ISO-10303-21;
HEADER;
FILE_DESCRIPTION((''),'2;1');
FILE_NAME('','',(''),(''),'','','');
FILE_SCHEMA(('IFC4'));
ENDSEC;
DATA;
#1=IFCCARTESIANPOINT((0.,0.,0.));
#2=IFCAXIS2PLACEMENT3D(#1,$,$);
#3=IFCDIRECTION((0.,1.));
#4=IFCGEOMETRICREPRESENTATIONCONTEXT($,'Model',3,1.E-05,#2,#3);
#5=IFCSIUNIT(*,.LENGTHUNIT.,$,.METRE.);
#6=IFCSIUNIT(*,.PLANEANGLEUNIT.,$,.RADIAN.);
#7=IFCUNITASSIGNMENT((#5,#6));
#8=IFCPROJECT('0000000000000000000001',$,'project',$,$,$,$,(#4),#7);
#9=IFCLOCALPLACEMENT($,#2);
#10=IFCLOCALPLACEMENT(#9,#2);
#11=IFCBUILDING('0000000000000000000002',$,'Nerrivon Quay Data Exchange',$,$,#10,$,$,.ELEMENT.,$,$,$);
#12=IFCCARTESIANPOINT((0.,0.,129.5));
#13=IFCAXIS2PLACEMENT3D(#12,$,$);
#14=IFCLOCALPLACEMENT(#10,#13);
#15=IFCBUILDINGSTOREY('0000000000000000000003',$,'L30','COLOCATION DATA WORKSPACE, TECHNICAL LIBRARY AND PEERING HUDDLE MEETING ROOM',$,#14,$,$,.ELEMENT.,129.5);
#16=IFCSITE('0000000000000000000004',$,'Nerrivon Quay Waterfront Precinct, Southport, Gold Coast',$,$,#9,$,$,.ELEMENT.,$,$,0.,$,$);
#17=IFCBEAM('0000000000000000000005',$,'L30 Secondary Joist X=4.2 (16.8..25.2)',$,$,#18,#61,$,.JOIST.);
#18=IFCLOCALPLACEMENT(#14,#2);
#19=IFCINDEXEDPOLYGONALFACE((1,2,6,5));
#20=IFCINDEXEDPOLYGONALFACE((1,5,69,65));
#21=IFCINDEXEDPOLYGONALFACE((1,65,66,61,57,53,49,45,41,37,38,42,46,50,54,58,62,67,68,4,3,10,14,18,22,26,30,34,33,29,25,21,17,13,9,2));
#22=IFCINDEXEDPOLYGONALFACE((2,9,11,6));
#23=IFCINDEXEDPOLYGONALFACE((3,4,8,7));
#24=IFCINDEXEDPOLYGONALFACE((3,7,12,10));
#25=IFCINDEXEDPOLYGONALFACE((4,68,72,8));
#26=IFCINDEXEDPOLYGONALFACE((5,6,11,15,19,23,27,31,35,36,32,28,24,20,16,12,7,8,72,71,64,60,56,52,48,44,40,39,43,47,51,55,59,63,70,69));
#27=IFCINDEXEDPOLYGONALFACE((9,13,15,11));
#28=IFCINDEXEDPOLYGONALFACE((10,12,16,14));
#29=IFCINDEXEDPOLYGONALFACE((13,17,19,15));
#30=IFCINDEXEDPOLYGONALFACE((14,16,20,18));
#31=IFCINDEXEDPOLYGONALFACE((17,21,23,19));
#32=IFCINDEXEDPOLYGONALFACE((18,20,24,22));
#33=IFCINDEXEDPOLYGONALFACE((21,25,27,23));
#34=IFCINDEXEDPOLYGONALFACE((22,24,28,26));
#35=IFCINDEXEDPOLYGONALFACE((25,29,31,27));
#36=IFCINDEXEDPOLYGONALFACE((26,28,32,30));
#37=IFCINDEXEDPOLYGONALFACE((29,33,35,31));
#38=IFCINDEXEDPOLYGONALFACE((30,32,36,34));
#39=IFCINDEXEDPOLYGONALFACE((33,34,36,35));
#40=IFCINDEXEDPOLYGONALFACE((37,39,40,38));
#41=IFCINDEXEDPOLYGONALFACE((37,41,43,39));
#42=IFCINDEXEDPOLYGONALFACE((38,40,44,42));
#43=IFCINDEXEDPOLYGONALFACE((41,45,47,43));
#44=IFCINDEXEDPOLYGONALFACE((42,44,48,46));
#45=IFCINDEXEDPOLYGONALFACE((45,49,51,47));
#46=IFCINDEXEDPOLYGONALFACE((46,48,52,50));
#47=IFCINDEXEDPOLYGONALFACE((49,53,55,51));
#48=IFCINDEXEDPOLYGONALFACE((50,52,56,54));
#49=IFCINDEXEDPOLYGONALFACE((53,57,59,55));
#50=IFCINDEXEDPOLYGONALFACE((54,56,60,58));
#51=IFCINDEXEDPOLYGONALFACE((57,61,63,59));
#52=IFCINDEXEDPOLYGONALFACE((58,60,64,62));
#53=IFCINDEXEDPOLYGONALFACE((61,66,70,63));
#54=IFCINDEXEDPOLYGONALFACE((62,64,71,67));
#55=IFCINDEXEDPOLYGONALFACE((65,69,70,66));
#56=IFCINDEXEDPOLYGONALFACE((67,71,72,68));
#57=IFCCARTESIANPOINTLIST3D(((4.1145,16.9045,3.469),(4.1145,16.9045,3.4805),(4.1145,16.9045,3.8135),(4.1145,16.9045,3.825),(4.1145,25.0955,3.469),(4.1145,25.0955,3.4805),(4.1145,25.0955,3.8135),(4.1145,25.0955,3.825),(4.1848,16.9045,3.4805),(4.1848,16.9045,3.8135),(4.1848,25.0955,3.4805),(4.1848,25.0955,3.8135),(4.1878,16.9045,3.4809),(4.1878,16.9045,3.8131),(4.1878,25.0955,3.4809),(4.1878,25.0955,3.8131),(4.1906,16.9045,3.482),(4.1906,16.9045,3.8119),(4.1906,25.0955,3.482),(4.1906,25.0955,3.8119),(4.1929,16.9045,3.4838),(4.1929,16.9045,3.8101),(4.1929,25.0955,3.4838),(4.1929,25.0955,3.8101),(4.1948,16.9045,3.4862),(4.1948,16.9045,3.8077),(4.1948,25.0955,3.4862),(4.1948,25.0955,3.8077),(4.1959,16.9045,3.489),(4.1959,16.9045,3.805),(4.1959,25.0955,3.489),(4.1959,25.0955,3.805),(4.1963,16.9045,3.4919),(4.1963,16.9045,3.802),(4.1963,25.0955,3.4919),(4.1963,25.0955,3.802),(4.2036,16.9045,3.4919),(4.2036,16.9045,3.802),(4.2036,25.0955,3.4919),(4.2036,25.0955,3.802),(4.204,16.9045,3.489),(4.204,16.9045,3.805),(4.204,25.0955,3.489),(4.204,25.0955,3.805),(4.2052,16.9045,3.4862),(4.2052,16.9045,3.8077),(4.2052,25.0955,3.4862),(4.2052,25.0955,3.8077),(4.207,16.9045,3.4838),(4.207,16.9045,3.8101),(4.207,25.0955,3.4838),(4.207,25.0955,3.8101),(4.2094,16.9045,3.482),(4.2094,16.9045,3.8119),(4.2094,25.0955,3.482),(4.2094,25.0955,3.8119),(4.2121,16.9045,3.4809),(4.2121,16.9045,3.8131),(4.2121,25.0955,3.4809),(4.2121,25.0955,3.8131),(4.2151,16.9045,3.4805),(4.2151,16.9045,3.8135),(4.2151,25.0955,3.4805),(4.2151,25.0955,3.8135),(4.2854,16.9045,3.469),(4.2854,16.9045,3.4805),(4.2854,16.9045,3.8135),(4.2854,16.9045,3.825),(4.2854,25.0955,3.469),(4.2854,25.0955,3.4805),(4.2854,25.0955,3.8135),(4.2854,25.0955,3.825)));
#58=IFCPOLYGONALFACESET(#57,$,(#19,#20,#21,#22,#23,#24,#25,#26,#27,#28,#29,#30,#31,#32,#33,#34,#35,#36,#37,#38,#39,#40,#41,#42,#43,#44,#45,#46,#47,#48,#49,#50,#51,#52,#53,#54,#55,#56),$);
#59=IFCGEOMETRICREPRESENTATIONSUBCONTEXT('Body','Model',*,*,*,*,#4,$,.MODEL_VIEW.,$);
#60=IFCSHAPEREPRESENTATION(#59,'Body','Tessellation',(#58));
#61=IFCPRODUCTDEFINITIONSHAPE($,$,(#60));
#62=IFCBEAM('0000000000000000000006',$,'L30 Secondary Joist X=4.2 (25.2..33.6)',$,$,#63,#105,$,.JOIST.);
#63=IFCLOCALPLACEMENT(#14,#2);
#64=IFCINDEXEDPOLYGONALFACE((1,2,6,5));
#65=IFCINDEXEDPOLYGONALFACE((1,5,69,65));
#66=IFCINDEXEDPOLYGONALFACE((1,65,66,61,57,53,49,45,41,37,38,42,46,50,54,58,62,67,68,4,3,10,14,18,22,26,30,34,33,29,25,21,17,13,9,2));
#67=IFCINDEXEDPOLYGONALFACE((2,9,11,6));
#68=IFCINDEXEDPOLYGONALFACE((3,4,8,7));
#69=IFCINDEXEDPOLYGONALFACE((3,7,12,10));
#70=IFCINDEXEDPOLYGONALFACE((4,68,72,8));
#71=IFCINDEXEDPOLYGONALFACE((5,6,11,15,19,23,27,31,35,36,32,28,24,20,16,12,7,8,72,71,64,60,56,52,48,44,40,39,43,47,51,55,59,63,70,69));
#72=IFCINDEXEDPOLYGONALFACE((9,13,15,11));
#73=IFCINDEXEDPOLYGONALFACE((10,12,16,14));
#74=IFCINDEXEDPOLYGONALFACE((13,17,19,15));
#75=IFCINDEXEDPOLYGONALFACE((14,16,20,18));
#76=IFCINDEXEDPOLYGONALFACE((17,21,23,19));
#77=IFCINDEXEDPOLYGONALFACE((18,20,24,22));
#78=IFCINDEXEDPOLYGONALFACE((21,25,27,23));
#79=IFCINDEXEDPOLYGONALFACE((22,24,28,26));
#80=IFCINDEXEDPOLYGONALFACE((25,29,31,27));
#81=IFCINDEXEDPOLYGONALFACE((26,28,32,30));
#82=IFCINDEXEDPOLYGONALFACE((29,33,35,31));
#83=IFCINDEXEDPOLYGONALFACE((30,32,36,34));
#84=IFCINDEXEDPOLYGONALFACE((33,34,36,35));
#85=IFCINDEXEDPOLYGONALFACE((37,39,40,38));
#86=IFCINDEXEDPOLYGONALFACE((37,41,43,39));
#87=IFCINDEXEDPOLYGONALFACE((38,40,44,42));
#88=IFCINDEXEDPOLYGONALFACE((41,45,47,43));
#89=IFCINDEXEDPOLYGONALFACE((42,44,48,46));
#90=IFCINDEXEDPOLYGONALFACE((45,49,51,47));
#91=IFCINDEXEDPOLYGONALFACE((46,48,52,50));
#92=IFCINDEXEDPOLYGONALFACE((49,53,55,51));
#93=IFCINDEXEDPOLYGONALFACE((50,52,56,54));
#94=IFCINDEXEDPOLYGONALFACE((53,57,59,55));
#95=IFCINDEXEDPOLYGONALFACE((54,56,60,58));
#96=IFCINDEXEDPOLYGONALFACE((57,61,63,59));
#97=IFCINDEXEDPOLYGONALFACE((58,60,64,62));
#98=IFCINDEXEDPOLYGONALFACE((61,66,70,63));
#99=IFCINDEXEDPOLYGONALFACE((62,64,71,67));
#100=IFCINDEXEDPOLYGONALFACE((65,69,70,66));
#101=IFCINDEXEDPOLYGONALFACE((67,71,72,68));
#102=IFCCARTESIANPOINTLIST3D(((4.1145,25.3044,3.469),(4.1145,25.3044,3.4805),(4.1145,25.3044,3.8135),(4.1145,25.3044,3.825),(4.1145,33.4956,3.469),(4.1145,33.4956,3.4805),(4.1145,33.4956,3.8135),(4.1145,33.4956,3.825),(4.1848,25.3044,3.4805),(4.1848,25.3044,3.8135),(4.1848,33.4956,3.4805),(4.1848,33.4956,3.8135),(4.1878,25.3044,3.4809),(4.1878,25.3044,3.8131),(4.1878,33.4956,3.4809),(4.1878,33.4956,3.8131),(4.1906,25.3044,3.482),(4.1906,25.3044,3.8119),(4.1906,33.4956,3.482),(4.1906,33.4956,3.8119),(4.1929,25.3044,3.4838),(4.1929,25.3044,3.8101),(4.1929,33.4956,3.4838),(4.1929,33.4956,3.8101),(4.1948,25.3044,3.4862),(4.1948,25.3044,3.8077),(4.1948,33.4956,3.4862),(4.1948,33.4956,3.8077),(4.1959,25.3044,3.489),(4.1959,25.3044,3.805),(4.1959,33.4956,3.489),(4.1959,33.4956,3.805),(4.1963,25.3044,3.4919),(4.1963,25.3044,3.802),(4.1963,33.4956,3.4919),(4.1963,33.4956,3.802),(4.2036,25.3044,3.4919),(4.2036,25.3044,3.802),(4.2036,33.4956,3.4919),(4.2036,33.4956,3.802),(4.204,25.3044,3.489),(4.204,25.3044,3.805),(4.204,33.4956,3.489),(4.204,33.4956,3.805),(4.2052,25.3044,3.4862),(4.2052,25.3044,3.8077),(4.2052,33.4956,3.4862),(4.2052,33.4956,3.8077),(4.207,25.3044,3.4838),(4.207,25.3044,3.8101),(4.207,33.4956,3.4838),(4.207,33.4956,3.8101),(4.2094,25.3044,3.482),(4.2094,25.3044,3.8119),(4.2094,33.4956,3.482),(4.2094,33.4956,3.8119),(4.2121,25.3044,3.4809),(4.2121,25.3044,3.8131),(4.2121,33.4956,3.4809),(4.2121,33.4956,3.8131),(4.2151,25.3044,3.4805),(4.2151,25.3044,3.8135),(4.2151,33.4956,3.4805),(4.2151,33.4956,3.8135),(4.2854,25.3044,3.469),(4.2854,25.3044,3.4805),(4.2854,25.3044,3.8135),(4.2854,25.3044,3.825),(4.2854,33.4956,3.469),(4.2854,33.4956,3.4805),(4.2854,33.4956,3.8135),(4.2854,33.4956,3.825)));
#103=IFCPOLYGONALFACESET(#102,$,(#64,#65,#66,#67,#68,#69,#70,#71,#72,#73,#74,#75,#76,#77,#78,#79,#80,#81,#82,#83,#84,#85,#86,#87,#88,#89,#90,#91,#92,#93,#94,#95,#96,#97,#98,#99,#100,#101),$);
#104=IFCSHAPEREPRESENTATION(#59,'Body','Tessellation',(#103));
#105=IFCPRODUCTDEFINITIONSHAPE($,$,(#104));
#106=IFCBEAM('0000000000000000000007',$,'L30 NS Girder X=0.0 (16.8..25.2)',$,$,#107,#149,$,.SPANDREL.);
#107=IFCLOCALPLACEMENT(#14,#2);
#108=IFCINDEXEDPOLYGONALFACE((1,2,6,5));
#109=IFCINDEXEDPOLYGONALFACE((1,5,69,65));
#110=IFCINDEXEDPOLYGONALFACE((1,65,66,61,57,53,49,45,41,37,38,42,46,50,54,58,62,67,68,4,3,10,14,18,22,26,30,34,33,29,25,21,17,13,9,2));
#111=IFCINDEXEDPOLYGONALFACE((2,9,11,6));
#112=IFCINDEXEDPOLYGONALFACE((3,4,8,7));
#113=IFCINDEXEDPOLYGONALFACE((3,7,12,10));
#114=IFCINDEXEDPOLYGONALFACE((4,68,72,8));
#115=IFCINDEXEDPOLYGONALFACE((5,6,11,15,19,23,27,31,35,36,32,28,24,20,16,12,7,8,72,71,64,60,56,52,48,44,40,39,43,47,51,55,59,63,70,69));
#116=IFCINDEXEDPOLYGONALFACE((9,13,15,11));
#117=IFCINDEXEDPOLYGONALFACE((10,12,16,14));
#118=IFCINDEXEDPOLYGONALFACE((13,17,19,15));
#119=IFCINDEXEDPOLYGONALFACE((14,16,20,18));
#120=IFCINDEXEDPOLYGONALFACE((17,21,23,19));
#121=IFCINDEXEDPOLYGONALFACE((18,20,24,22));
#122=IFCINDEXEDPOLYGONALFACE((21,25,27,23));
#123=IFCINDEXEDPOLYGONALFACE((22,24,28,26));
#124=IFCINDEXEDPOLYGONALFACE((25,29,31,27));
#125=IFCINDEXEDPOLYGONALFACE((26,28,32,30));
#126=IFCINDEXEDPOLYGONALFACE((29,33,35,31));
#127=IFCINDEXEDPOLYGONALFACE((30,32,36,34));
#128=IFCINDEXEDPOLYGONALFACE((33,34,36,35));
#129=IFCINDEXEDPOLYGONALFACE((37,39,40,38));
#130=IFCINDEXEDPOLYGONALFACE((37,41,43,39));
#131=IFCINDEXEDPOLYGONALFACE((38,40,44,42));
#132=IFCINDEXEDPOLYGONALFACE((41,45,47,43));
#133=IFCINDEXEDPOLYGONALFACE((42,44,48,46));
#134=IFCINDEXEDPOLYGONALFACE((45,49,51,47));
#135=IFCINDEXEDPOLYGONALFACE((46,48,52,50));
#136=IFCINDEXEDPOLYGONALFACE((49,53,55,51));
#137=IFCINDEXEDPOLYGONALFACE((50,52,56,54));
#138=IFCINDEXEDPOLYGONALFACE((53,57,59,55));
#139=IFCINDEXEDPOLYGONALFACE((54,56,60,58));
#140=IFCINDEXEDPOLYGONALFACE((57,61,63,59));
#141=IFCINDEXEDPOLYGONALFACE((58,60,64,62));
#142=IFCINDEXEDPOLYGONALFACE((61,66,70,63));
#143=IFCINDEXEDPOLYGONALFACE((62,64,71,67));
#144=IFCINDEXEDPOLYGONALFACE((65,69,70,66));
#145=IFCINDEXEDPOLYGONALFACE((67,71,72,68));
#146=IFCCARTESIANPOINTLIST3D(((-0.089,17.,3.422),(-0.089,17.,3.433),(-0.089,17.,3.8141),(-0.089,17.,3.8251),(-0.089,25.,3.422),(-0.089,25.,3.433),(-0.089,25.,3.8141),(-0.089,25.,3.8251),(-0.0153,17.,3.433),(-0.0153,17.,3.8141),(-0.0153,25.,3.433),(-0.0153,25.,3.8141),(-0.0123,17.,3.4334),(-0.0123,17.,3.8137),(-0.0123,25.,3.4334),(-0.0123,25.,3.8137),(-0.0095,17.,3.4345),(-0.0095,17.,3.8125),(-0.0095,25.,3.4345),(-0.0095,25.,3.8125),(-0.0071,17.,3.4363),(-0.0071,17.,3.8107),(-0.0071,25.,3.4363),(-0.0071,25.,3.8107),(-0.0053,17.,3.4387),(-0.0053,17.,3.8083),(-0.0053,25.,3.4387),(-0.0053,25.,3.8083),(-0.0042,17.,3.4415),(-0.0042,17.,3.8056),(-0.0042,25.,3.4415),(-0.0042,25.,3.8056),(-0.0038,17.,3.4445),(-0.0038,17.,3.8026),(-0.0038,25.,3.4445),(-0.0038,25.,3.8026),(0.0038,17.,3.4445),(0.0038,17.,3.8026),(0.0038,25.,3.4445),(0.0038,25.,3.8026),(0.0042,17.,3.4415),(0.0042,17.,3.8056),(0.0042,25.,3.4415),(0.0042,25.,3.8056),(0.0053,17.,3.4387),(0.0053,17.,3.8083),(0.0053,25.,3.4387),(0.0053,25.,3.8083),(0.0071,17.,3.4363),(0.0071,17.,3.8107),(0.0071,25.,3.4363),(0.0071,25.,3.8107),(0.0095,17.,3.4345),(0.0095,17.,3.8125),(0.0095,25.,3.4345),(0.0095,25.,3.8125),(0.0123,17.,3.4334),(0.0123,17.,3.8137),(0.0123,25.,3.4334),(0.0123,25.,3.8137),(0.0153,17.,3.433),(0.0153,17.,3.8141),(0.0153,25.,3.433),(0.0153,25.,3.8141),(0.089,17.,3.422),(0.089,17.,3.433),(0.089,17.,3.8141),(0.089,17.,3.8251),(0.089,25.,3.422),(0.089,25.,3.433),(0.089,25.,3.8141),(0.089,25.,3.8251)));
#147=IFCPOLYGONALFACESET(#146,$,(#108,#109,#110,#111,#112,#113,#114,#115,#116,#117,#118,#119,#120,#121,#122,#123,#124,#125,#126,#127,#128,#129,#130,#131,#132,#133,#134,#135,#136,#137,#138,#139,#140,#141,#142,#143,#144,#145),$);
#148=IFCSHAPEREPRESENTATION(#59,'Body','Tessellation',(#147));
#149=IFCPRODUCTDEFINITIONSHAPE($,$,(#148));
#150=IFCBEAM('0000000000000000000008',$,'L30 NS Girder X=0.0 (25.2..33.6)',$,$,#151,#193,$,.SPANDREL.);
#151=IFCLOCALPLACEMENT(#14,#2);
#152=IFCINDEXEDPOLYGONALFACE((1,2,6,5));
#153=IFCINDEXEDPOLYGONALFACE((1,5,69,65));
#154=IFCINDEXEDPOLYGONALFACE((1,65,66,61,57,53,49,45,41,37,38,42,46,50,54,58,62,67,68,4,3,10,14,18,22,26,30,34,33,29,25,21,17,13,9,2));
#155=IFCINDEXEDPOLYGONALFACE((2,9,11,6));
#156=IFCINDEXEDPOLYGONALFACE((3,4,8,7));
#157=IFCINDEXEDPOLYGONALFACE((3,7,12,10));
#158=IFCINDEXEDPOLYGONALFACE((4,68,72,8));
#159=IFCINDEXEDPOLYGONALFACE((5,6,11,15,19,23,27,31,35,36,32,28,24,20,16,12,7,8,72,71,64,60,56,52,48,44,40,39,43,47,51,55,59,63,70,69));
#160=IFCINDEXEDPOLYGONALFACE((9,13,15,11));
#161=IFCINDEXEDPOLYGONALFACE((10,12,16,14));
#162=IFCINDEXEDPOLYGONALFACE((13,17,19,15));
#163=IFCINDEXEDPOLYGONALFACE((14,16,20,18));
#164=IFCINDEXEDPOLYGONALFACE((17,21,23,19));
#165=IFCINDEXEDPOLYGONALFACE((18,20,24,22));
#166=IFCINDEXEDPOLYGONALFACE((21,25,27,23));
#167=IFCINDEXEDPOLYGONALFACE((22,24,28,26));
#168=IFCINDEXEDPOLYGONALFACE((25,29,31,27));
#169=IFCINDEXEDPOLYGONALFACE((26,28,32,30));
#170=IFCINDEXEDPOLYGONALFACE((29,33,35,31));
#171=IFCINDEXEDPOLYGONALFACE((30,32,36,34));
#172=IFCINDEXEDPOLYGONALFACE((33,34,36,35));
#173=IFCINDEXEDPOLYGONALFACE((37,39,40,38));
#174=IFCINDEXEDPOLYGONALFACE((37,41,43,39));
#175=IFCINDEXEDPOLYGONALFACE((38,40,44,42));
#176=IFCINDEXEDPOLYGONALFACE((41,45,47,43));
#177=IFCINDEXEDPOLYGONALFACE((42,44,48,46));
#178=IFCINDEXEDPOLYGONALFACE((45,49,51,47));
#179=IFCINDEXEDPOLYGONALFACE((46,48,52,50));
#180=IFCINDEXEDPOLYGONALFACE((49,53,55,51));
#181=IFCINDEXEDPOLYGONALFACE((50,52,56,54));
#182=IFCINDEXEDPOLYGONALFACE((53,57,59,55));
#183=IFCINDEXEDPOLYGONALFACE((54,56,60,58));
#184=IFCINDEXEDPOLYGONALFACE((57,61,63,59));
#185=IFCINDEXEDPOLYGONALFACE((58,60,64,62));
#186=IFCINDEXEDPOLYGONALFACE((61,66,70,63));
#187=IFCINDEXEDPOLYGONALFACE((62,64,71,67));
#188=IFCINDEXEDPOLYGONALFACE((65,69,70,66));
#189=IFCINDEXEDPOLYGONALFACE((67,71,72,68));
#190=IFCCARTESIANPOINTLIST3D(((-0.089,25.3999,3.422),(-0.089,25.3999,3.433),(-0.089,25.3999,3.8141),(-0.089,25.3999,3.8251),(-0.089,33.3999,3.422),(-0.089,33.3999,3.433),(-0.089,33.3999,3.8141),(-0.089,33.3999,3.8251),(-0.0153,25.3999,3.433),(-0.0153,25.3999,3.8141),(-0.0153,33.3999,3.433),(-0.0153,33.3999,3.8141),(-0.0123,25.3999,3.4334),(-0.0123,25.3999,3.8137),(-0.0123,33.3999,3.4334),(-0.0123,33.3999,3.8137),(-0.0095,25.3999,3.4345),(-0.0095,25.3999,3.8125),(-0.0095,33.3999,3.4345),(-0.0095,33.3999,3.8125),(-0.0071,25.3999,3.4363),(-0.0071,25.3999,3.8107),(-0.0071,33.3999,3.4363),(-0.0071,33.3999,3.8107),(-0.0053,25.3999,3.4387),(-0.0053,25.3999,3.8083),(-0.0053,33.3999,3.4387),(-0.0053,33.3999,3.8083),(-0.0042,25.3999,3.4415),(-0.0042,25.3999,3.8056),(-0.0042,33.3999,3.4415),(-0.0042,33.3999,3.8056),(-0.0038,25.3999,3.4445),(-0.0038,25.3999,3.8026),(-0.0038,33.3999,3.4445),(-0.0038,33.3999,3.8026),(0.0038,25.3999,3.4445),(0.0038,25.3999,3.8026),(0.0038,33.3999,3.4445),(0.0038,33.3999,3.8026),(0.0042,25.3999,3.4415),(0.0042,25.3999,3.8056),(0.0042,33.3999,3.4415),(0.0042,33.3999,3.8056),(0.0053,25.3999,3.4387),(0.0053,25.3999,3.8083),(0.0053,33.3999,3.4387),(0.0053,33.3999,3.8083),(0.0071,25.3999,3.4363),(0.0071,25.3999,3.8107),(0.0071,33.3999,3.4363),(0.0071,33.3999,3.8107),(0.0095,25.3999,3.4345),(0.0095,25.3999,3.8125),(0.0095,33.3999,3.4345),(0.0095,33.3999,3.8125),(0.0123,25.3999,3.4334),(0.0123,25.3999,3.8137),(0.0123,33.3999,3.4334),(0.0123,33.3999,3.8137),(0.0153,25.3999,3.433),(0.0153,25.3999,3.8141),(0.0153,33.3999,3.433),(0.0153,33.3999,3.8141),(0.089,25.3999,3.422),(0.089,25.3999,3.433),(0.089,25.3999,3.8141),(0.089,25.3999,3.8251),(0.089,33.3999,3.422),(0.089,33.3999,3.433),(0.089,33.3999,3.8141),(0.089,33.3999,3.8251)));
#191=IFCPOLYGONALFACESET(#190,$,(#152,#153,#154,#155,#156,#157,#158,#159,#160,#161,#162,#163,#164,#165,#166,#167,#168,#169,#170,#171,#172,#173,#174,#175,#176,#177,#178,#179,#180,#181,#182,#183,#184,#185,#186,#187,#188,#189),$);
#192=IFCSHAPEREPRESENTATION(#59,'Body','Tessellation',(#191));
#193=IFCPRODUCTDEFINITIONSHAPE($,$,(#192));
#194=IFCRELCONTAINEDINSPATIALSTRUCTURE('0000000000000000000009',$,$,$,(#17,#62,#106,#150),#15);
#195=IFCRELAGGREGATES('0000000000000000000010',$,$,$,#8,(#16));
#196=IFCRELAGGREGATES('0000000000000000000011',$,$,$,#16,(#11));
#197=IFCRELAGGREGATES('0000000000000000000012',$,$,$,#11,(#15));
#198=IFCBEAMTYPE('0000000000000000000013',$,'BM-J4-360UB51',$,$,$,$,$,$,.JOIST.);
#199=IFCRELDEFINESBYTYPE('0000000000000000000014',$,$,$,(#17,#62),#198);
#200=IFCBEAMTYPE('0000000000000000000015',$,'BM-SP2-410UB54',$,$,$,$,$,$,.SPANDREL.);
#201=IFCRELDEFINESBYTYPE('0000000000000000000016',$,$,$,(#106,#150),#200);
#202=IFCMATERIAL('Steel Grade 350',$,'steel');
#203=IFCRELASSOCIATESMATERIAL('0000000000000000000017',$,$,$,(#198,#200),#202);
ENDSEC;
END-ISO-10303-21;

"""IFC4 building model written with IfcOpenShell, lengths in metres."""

from ifc_helpers import new_model, si_unit, direction, frame, origin, origin_2d, place, context, subcontext, project, spatial, i_section, extrude, material, material_profile, profile_set, type_object, element, save


model = new_model("IFC4")

# Units and contexts
model_context = context("Model", 3, precision=1e-05, world=origin(), true_north=direction((0.0, 1.0)))
body_context = subcontext(model_context, "Body", "Model", "MODEL_VIEW")
ifc_project = project(units=[si_unit("LENGTHUNIT", "METRE"), si_unit("PLANEANGLEUNIT", "RADIAN")], contexts=[model_context])

# Site, building, storey
site_placement = place(None, origin())
site = spatial("IfcSite", under=ifc_project, at=site_placement, Name="Nerrivon Quay Waterfront Precinct, Southport, Gold Coast", CompositionType="ELEMENT", RefElevation=0.0)
building_placement = place(site_placement, origin())
building = spatial("IfcBuilding", under=site, at=building_placement, Name="Nerrivon Quay Data Exchange", CompositionType="ELEMENT")
storey_placement = place(building_placement, frame((0.0, 0.0, 129.5)))
storey = spatial("IfcBuildingStorey", under=building, at=storey_placement, Name="L30", Description="COLOCATION DATA WORKSPACE, TECHNICAL LIBRARY AND PEERING HUDDLE MEETING ROOM", CompositionType="ELEMENT", Elevation=129.5)

# Shared definitions
ifc_material_1 = material(Name="Steel Grade 350", Category="steel")

# Beams
ifc_material_profile_1 = material_profile(ifc_material_1, i_section(OverallWidth=0.1709, OverallDepth=0.356, WebThickness=0.0073, FlangeThickness=0.0115, FilletRadius=0.0115, at=origin_2d()), Name="360UB50.7")
ifc_profile_set_1 = profile_set([ifc_material_profile_1], Name="Steel Grade 350")
beam_type_1 = type_object("IfcBeamType", Name="BM-J4-360UB51", PredefinedType="JOIST", material=ifc_profile_set_1)
beam_1_placement = place(storey_placement, frame((4.2, 16.9045, 3.647), z_axis=(0.0, 1.0, 0.0), x_axis=(-1.0, 0.0, 0.0)))
element("IfcBeam", 1, at=beam_1_placement, inside=storey, type_object=beam_type_1, Name="L30 Secondary Joist X=4.2 (16.8..25.2)", PredefinedType="JOIST", context=body_context, shape_type="SweptSolid", body=[
    extrude(i_section(OverallWidth=0.1709, OverallDepth=0.356, WebThickness=0.0073, FlangeThickness=0.0115, FilletRadius=0.0115, at=origin_2d()), origin(), (0.0, 0.0, 1.0), 8.1909),
])
beam_2_placement = place(storey_placement, frame((4.2, 25.3044, 3.647), z_axis=(0.0, 1.0, 0.0), x_axis=(-1.0, 0.0, 0.0)))
element("IfcBeam", 2, at=beam_2_placement, inside=storey, type_object=beam_type_1, Name="L30 Secondary Joist X=4.2 (25.2..33.6)", PredefinedType="JOIST", context=body_context, shape_type="SweptSolid", body=[
    extrude(i_section(OverallWidth=0.1709, OverallDepth=0.356, WebThickness=0.0073, FlangeThickness=0.0115, FilletRadius=0.0115, at=origin_2d()), origin(), (0.0, 0.0, 1.0), 8.1912),
])
ifc_material_profile_2 = material_profile(ifc_material_1, i_section(OverallWidth=0.178, OverallDepth=0.4031, WebThickness=0.0076, FlangeThickness=0.011, FilletRadius=0.0115, at=origin_2d()), Name="410UB53.7")
ifc_profile_set_2 = profile_set([ifc_material_profile_2], Name="Steel Grade 350")
beam_type_2 = type_object("IfcBeamType", Name="BM-SP2-410UB54", PredefinedType="SPANDREL", material=ifc_profile_set_2)
for number, where, z_axis, x_axis, name in (
    (3, (0.0, 17.0, 3.6235), (0.0, 1.0, 0.0), (-1.0, 0.0, 0.0), "L30 NS Girder X=0.0 (16.8..25.2)"),
    (4, (0.0, 25.3999, 3.6235), (0.0, 1.0, 0.0), (-1.0, 0.0, 0.0), "L30 NS Girder X=0.0 (25.2..33.6)"),
):
    element("IfcBeam", number, at=place(storey_placement, frame(where, z_axis=z_axis, x_axis=x_axis)), inside=storey, type_object=beam_type_2, Name=name, PredefinedType="SPANDREL", context=body_context, shape_type="SweptSolid", body=[
        extrude(i_section(OverallWidth=0.178, OverallDepth=0.4031, WebThickness=0.0076, FlangeThickness=0.011, FilletRadius=0.0115, at=origin_2d()), origin(), (0.0, 0.0, 1.0), 8.0),
    ])

save(model, "model.ifc")
